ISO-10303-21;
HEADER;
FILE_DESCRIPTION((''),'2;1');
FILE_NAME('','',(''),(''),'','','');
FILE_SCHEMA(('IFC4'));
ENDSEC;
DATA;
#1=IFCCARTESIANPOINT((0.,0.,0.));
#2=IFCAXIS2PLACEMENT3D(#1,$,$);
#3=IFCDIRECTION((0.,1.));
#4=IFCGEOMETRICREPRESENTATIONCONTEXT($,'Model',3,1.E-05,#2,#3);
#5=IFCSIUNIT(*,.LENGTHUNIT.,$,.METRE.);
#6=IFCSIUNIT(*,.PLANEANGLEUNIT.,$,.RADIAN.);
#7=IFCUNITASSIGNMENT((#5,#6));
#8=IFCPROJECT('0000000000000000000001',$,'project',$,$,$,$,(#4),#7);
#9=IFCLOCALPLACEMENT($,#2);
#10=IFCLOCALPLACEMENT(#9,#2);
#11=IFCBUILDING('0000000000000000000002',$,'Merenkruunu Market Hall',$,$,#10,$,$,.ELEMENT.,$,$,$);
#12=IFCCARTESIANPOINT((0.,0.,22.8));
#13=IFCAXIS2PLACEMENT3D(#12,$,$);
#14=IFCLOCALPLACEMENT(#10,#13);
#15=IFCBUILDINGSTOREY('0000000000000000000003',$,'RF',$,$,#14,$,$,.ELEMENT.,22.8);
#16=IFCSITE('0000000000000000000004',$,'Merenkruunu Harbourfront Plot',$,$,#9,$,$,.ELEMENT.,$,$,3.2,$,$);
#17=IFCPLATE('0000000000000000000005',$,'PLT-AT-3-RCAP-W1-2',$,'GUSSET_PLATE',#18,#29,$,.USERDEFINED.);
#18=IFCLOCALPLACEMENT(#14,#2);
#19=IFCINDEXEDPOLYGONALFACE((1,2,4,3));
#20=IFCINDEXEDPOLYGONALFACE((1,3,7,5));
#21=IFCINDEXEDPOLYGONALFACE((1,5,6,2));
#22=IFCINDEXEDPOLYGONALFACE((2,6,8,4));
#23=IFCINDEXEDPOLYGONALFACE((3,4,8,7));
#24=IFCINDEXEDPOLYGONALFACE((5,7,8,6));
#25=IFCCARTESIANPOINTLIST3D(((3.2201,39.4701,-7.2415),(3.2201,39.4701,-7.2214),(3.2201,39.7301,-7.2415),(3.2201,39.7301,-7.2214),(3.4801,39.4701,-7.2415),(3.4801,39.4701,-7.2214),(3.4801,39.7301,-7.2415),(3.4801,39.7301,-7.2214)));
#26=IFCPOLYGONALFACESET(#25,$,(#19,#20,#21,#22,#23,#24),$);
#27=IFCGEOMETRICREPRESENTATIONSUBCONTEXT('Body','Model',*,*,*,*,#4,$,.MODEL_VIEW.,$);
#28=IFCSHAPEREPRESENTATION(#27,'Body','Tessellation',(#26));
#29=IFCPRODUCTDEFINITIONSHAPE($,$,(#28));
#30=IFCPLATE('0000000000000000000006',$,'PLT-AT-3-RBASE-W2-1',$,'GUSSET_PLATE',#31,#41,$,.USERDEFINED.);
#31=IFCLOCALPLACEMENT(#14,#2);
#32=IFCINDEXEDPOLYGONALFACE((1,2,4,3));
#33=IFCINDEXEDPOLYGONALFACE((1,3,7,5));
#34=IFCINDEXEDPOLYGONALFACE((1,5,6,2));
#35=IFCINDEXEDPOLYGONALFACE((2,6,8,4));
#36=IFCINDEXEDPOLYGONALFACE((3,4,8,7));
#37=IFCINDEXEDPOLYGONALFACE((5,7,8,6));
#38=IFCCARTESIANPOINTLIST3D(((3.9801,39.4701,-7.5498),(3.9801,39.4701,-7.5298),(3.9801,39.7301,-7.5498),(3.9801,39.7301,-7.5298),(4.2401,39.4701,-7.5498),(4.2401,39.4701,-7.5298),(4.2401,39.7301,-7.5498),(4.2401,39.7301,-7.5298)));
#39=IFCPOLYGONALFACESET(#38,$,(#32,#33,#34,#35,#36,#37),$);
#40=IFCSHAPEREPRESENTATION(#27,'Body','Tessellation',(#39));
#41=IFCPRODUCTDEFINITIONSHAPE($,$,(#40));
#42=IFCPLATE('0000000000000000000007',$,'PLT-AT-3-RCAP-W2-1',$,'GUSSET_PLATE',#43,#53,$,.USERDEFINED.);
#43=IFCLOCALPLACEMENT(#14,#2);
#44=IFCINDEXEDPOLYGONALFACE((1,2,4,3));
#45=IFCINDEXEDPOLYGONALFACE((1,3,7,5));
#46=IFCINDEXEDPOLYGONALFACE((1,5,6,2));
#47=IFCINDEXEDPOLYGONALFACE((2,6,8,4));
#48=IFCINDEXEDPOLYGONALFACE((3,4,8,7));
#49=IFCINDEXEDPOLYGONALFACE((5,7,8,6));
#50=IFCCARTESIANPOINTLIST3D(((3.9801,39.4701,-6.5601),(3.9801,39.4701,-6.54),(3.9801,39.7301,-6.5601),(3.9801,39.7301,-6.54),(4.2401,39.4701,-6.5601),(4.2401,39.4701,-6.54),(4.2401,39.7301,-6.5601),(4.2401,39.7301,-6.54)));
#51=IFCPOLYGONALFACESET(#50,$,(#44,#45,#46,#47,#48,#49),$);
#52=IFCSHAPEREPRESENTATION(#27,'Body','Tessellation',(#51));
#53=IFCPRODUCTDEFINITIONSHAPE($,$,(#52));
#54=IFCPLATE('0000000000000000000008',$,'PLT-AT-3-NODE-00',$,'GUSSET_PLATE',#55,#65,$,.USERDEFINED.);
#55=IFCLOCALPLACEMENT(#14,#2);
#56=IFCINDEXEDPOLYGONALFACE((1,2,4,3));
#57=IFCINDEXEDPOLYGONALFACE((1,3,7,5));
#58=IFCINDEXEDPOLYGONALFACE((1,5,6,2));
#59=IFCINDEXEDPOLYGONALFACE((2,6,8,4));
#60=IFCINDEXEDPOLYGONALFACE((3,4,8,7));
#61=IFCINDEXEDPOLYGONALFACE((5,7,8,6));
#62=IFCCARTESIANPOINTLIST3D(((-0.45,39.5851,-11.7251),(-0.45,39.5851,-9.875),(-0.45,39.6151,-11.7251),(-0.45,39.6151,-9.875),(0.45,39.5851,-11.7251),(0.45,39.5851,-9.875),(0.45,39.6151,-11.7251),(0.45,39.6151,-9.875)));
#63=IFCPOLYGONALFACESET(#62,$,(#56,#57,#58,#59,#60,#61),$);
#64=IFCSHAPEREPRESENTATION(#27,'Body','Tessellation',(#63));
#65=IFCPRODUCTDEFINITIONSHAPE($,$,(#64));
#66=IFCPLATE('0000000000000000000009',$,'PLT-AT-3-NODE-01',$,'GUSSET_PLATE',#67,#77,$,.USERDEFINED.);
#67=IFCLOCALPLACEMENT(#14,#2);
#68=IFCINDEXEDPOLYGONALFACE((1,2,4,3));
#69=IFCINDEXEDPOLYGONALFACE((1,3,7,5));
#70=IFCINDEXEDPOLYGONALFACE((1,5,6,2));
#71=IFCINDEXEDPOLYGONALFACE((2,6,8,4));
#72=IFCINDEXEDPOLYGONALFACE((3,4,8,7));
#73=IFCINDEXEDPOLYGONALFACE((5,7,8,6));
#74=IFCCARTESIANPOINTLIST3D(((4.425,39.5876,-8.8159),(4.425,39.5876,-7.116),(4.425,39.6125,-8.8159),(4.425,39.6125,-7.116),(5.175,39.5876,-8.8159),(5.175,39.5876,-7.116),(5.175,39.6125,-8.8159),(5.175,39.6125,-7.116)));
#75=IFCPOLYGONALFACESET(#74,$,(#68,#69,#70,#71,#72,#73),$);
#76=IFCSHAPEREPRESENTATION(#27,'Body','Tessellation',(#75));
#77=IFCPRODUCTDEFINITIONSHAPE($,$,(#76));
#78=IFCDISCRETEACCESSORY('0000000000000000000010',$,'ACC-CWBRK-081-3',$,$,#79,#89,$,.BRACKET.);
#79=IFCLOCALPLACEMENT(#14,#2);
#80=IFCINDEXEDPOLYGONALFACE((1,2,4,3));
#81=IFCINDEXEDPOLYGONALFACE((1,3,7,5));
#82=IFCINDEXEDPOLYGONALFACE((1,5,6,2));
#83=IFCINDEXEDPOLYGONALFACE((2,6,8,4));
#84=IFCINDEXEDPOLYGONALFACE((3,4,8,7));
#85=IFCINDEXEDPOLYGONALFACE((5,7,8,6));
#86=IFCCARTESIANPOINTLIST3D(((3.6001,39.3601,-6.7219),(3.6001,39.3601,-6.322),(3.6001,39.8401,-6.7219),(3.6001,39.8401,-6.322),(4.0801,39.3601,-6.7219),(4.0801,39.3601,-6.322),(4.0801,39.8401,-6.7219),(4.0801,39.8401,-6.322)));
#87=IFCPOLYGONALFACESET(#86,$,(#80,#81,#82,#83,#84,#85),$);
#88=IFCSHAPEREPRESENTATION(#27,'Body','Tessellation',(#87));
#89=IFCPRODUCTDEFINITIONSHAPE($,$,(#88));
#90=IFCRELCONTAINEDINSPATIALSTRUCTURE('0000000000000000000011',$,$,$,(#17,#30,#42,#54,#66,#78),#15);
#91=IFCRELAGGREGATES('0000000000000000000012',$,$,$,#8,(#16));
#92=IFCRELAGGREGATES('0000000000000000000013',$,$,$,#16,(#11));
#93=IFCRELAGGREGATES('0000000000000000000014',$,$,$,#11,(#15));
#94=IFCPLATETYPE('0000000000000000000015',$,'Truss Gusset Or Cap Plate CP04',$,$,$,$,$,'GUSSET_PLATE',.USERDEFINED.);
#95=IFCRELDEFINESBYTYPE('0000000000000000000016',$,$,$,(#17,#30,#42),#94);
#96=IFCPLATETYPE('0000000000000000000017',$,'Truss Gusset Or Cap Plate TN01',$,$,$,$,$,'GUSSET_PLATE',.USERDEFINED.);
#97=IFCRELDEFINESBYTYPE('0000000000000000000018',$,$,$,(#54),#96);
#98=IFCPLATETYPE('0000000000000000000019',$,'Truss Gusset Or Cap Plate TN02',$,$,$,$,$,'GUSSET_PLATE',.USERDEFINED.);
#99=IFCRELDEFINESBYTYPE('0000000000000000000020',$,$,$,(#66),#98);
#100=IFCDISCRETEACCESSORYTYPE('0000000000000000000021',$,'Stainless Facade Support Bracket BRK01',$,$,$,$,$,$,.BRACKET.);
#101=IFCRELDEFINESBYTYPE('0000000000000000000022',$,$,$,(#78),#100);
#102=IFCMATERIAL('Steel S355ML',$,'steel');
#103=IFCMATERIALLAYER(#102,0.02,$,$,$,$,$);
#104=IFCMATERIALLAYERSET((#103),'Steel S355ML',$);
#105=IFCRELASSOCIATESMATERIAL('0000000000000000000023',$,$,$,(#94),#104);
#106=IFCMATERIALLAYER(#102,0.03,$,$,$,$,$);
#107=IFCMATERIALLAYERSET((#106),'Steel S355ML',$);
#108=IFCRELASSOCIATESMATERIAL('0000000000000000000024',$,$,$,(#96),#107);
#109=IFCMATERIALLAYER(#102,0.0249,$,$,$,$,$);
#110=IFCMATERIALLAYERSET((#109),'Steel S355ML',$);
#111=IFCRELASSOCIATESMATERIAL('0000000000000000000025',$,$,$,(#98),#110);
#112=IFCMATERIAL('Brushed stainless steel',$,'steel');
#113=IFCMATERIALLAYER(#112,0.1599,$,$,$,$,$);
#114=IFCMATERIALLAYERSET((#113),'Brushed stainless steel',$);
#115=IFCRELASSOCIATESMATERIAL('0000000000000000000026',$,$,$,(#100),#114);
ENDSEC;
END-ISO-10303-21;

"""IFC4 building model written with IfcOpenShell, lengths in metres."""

from ifc_helpers import new_model, si_unit, direction, frame, origin, origin_2d, place, context, subcontext, project, spatial, rectangle, extrude, material, layer, layer_set, type_object, element, save


model = new_model("IFC4")

# Units and contexts
model_context = context("Model", 3, precision=1e-05, world=origin(), true_north=direction((0.0, 1.0)))
body_context = subcontext(model_context, "Body", "Model", "MODEL_VIEW")
ifc_project = project(units=[si_unit("LENGTHUNIT", "METRE"), si_unit("PLANEANGLEUNIT", "RADIAN")], contexts=[model_context])

# Site, building, storey
site_placement = place(None, origin())
site = spatial("IfcSite", under=ifc_project, at=site_placement, Name="Merenkruunu Harbourfront Plot", CompositionType="ELEMENT", RefElevation=3.2)
building_placement = place(site_placement, origin())
building = spatial("IfcBuilding", under=site, at=building_placement, Name="Merenkruunu Market Hall", CompositionType="ELEMENT")
storey_placement = place(building_placement, frame((0.0, 0.0, 22.8)))
storey = spatial("IfcBuildingStorey", under=building, at=storey_placement, Name="RF", CompositionType="ELEMENT", Elevation=22.8)

# Shared definitions
ifc_material_1 = material(Name="Steel S355ML", Category="steel")

# Plates
ifc_layer_1 = layer(ifc_material_1, 0.02)
ifc_layer_set_1 = layer_set([ifc_layer_1], Name="Steel S355ML")
plate_type_1 = type_object("IfcPlateType", Name="Truss Gusset Or Cap Plate CP04", ElementType="GUSSET_PLATE", PredefinedType="USERDEFINED", material=ifc_layer_set_1)
for number, where, z_axis, x_axis, name in (
    (1, (3.3501, 39.6001, -7.2415), (0.0, 0.0, 1.0), (1.0, 0.0, 0.0), "PLT-AT-3-RCAP-W1-2"),
    (2, (4.1101, 39.6001, -7.5498), (0.0, 0.0, 1.0), (1.0, 0.0, 0.0), "PLT-AT-3-RBASE-W2-1"),
    (3, (4.1101, 39.6001, -6.5601), (0.0, 0.0, 1.0), (1.0, 0.0, 0.0), "PLT-AT-3-RCAP-W2-1"),
):
    element("IfcPlate", number, at=place(storey_placement, frame(where, z_axis=z_axis, x_axis=x_axis)), inside=storey, type_object=plate_type_1, Name=name, ObjectType="GUSSET_PLATE", PredefinedType="USERDEFINED", context=body_context, shape_type="SweptSolid", body=[
        extrude(rectangle(XDim=0.26, YDim=0.26, at=origin_2d()), origin(), (0.0, 0.0, 1.0), 0.02),
    ])
ifc_layer_2 = layer(ifc_material_1, 0.03)
ifc_layer_set_2 = layer_set([ifc_layer_2], Name="Steel S355ML")
plate_type_2 = type_object("IfcPlateType", Name="Truss Gusset Or Cap Plate TN01", ElementType="GUSSET_PLATE", PredefinedType="USERDEFINED", material=ifc_layer_set_2)
plate_1_placement = place(storey_placement, frame((0.0, 39.6001, -11.7251), z_axis=(0.0, 0.0, 1.0), x_axis=(1.0, 0.0, 0.0)))
element("IfcPlate", 4, at=plate_1_placement, inside=storey, type_object=plate_type_2, Name="PLT-AT-3-NODE-00", ObjectType="GUSSET_PLATE", PredefinedType="USERDEFINED", context=body_context, shape_type="SweptSolid", body=[
    extrude(rectangle(XDim=0.8999, YDim=0.03, at=origin_2d()), origin(), (0.0, 0.0, 1.0), 1.8501),
])
ifc_layer_3 = layer(ifc_material_1, 0.0249)
ifc_layer_set_3 = layer_set([ifc_layer_3], Name="Steel S355ML")
plate_type_3 = type_object("IfcPlateType", Name="Truss Gusset Or Cap Plate TN02", ElementType="GUSSET_PLATE", PredefinedType="USERDEFINED", material=ifc_layer_set_3)
plate_2_placement = place(storey_placement, frame((4.8, 39.6001, -8.8159), z_axis=(0.0, 0.0, 1.0), x_axis=(1.0, 0.0, 0.0)))
element("IfcPlate", 5, at=plate_2_placement, inside=storey, type_object=plate_type_3, Name="PLT-AT-3-NODE-01", ObjectType="GUSSET_PLATE", PredefinedType="USERDEFINED", context=body_context, shape_type="SweptSolid", body=[
    extrude(rectangle(XDim=0.75, YDim=0.0249, at=origin_2d()), origin(), (0.0, 0.0, 1.0), 1.7),
])

# Discrete accessory
ifc_material_2 = material(Name="Brushed stainless steel", Category="steel")
ifc_layer_4 = layer(ifc_material_2, 0.1599)
ifc_layer_set_4 = layer_set([ifc_layer_4], Name="Brushed stainless steel")
discrete_accessory_type = type_object("IfcDiscreteAccessoryType", Name="Stainless Facade Support Bracket BRK01", PredefinedType="BRACKET", material=ifc_layer_set_4)
discrete_accessory_placement = place(storey_placement, frame((3.8401, 39.6001, -6.7219), z_axis=(0.0, 0.0, 1.0), x_axis=(1.0, 0.0, 0.0)))
element("IfcDiscreteAccessory", 6, at=discrete_accessory_placement, inside=storey, type_object=discrete_accessory_type, Name="ACC-CWBRK-081-3", PredefinedType="BRACKET", context=body_context, shape_type="SweptSolid", body=[
    extrude(rectangle(XDim=0.48, YDim=0.48, at=origin_2d()), origin(), (0.0, 0.0, 1.0), 0.3999),
])

save(model, "model.ifc")
